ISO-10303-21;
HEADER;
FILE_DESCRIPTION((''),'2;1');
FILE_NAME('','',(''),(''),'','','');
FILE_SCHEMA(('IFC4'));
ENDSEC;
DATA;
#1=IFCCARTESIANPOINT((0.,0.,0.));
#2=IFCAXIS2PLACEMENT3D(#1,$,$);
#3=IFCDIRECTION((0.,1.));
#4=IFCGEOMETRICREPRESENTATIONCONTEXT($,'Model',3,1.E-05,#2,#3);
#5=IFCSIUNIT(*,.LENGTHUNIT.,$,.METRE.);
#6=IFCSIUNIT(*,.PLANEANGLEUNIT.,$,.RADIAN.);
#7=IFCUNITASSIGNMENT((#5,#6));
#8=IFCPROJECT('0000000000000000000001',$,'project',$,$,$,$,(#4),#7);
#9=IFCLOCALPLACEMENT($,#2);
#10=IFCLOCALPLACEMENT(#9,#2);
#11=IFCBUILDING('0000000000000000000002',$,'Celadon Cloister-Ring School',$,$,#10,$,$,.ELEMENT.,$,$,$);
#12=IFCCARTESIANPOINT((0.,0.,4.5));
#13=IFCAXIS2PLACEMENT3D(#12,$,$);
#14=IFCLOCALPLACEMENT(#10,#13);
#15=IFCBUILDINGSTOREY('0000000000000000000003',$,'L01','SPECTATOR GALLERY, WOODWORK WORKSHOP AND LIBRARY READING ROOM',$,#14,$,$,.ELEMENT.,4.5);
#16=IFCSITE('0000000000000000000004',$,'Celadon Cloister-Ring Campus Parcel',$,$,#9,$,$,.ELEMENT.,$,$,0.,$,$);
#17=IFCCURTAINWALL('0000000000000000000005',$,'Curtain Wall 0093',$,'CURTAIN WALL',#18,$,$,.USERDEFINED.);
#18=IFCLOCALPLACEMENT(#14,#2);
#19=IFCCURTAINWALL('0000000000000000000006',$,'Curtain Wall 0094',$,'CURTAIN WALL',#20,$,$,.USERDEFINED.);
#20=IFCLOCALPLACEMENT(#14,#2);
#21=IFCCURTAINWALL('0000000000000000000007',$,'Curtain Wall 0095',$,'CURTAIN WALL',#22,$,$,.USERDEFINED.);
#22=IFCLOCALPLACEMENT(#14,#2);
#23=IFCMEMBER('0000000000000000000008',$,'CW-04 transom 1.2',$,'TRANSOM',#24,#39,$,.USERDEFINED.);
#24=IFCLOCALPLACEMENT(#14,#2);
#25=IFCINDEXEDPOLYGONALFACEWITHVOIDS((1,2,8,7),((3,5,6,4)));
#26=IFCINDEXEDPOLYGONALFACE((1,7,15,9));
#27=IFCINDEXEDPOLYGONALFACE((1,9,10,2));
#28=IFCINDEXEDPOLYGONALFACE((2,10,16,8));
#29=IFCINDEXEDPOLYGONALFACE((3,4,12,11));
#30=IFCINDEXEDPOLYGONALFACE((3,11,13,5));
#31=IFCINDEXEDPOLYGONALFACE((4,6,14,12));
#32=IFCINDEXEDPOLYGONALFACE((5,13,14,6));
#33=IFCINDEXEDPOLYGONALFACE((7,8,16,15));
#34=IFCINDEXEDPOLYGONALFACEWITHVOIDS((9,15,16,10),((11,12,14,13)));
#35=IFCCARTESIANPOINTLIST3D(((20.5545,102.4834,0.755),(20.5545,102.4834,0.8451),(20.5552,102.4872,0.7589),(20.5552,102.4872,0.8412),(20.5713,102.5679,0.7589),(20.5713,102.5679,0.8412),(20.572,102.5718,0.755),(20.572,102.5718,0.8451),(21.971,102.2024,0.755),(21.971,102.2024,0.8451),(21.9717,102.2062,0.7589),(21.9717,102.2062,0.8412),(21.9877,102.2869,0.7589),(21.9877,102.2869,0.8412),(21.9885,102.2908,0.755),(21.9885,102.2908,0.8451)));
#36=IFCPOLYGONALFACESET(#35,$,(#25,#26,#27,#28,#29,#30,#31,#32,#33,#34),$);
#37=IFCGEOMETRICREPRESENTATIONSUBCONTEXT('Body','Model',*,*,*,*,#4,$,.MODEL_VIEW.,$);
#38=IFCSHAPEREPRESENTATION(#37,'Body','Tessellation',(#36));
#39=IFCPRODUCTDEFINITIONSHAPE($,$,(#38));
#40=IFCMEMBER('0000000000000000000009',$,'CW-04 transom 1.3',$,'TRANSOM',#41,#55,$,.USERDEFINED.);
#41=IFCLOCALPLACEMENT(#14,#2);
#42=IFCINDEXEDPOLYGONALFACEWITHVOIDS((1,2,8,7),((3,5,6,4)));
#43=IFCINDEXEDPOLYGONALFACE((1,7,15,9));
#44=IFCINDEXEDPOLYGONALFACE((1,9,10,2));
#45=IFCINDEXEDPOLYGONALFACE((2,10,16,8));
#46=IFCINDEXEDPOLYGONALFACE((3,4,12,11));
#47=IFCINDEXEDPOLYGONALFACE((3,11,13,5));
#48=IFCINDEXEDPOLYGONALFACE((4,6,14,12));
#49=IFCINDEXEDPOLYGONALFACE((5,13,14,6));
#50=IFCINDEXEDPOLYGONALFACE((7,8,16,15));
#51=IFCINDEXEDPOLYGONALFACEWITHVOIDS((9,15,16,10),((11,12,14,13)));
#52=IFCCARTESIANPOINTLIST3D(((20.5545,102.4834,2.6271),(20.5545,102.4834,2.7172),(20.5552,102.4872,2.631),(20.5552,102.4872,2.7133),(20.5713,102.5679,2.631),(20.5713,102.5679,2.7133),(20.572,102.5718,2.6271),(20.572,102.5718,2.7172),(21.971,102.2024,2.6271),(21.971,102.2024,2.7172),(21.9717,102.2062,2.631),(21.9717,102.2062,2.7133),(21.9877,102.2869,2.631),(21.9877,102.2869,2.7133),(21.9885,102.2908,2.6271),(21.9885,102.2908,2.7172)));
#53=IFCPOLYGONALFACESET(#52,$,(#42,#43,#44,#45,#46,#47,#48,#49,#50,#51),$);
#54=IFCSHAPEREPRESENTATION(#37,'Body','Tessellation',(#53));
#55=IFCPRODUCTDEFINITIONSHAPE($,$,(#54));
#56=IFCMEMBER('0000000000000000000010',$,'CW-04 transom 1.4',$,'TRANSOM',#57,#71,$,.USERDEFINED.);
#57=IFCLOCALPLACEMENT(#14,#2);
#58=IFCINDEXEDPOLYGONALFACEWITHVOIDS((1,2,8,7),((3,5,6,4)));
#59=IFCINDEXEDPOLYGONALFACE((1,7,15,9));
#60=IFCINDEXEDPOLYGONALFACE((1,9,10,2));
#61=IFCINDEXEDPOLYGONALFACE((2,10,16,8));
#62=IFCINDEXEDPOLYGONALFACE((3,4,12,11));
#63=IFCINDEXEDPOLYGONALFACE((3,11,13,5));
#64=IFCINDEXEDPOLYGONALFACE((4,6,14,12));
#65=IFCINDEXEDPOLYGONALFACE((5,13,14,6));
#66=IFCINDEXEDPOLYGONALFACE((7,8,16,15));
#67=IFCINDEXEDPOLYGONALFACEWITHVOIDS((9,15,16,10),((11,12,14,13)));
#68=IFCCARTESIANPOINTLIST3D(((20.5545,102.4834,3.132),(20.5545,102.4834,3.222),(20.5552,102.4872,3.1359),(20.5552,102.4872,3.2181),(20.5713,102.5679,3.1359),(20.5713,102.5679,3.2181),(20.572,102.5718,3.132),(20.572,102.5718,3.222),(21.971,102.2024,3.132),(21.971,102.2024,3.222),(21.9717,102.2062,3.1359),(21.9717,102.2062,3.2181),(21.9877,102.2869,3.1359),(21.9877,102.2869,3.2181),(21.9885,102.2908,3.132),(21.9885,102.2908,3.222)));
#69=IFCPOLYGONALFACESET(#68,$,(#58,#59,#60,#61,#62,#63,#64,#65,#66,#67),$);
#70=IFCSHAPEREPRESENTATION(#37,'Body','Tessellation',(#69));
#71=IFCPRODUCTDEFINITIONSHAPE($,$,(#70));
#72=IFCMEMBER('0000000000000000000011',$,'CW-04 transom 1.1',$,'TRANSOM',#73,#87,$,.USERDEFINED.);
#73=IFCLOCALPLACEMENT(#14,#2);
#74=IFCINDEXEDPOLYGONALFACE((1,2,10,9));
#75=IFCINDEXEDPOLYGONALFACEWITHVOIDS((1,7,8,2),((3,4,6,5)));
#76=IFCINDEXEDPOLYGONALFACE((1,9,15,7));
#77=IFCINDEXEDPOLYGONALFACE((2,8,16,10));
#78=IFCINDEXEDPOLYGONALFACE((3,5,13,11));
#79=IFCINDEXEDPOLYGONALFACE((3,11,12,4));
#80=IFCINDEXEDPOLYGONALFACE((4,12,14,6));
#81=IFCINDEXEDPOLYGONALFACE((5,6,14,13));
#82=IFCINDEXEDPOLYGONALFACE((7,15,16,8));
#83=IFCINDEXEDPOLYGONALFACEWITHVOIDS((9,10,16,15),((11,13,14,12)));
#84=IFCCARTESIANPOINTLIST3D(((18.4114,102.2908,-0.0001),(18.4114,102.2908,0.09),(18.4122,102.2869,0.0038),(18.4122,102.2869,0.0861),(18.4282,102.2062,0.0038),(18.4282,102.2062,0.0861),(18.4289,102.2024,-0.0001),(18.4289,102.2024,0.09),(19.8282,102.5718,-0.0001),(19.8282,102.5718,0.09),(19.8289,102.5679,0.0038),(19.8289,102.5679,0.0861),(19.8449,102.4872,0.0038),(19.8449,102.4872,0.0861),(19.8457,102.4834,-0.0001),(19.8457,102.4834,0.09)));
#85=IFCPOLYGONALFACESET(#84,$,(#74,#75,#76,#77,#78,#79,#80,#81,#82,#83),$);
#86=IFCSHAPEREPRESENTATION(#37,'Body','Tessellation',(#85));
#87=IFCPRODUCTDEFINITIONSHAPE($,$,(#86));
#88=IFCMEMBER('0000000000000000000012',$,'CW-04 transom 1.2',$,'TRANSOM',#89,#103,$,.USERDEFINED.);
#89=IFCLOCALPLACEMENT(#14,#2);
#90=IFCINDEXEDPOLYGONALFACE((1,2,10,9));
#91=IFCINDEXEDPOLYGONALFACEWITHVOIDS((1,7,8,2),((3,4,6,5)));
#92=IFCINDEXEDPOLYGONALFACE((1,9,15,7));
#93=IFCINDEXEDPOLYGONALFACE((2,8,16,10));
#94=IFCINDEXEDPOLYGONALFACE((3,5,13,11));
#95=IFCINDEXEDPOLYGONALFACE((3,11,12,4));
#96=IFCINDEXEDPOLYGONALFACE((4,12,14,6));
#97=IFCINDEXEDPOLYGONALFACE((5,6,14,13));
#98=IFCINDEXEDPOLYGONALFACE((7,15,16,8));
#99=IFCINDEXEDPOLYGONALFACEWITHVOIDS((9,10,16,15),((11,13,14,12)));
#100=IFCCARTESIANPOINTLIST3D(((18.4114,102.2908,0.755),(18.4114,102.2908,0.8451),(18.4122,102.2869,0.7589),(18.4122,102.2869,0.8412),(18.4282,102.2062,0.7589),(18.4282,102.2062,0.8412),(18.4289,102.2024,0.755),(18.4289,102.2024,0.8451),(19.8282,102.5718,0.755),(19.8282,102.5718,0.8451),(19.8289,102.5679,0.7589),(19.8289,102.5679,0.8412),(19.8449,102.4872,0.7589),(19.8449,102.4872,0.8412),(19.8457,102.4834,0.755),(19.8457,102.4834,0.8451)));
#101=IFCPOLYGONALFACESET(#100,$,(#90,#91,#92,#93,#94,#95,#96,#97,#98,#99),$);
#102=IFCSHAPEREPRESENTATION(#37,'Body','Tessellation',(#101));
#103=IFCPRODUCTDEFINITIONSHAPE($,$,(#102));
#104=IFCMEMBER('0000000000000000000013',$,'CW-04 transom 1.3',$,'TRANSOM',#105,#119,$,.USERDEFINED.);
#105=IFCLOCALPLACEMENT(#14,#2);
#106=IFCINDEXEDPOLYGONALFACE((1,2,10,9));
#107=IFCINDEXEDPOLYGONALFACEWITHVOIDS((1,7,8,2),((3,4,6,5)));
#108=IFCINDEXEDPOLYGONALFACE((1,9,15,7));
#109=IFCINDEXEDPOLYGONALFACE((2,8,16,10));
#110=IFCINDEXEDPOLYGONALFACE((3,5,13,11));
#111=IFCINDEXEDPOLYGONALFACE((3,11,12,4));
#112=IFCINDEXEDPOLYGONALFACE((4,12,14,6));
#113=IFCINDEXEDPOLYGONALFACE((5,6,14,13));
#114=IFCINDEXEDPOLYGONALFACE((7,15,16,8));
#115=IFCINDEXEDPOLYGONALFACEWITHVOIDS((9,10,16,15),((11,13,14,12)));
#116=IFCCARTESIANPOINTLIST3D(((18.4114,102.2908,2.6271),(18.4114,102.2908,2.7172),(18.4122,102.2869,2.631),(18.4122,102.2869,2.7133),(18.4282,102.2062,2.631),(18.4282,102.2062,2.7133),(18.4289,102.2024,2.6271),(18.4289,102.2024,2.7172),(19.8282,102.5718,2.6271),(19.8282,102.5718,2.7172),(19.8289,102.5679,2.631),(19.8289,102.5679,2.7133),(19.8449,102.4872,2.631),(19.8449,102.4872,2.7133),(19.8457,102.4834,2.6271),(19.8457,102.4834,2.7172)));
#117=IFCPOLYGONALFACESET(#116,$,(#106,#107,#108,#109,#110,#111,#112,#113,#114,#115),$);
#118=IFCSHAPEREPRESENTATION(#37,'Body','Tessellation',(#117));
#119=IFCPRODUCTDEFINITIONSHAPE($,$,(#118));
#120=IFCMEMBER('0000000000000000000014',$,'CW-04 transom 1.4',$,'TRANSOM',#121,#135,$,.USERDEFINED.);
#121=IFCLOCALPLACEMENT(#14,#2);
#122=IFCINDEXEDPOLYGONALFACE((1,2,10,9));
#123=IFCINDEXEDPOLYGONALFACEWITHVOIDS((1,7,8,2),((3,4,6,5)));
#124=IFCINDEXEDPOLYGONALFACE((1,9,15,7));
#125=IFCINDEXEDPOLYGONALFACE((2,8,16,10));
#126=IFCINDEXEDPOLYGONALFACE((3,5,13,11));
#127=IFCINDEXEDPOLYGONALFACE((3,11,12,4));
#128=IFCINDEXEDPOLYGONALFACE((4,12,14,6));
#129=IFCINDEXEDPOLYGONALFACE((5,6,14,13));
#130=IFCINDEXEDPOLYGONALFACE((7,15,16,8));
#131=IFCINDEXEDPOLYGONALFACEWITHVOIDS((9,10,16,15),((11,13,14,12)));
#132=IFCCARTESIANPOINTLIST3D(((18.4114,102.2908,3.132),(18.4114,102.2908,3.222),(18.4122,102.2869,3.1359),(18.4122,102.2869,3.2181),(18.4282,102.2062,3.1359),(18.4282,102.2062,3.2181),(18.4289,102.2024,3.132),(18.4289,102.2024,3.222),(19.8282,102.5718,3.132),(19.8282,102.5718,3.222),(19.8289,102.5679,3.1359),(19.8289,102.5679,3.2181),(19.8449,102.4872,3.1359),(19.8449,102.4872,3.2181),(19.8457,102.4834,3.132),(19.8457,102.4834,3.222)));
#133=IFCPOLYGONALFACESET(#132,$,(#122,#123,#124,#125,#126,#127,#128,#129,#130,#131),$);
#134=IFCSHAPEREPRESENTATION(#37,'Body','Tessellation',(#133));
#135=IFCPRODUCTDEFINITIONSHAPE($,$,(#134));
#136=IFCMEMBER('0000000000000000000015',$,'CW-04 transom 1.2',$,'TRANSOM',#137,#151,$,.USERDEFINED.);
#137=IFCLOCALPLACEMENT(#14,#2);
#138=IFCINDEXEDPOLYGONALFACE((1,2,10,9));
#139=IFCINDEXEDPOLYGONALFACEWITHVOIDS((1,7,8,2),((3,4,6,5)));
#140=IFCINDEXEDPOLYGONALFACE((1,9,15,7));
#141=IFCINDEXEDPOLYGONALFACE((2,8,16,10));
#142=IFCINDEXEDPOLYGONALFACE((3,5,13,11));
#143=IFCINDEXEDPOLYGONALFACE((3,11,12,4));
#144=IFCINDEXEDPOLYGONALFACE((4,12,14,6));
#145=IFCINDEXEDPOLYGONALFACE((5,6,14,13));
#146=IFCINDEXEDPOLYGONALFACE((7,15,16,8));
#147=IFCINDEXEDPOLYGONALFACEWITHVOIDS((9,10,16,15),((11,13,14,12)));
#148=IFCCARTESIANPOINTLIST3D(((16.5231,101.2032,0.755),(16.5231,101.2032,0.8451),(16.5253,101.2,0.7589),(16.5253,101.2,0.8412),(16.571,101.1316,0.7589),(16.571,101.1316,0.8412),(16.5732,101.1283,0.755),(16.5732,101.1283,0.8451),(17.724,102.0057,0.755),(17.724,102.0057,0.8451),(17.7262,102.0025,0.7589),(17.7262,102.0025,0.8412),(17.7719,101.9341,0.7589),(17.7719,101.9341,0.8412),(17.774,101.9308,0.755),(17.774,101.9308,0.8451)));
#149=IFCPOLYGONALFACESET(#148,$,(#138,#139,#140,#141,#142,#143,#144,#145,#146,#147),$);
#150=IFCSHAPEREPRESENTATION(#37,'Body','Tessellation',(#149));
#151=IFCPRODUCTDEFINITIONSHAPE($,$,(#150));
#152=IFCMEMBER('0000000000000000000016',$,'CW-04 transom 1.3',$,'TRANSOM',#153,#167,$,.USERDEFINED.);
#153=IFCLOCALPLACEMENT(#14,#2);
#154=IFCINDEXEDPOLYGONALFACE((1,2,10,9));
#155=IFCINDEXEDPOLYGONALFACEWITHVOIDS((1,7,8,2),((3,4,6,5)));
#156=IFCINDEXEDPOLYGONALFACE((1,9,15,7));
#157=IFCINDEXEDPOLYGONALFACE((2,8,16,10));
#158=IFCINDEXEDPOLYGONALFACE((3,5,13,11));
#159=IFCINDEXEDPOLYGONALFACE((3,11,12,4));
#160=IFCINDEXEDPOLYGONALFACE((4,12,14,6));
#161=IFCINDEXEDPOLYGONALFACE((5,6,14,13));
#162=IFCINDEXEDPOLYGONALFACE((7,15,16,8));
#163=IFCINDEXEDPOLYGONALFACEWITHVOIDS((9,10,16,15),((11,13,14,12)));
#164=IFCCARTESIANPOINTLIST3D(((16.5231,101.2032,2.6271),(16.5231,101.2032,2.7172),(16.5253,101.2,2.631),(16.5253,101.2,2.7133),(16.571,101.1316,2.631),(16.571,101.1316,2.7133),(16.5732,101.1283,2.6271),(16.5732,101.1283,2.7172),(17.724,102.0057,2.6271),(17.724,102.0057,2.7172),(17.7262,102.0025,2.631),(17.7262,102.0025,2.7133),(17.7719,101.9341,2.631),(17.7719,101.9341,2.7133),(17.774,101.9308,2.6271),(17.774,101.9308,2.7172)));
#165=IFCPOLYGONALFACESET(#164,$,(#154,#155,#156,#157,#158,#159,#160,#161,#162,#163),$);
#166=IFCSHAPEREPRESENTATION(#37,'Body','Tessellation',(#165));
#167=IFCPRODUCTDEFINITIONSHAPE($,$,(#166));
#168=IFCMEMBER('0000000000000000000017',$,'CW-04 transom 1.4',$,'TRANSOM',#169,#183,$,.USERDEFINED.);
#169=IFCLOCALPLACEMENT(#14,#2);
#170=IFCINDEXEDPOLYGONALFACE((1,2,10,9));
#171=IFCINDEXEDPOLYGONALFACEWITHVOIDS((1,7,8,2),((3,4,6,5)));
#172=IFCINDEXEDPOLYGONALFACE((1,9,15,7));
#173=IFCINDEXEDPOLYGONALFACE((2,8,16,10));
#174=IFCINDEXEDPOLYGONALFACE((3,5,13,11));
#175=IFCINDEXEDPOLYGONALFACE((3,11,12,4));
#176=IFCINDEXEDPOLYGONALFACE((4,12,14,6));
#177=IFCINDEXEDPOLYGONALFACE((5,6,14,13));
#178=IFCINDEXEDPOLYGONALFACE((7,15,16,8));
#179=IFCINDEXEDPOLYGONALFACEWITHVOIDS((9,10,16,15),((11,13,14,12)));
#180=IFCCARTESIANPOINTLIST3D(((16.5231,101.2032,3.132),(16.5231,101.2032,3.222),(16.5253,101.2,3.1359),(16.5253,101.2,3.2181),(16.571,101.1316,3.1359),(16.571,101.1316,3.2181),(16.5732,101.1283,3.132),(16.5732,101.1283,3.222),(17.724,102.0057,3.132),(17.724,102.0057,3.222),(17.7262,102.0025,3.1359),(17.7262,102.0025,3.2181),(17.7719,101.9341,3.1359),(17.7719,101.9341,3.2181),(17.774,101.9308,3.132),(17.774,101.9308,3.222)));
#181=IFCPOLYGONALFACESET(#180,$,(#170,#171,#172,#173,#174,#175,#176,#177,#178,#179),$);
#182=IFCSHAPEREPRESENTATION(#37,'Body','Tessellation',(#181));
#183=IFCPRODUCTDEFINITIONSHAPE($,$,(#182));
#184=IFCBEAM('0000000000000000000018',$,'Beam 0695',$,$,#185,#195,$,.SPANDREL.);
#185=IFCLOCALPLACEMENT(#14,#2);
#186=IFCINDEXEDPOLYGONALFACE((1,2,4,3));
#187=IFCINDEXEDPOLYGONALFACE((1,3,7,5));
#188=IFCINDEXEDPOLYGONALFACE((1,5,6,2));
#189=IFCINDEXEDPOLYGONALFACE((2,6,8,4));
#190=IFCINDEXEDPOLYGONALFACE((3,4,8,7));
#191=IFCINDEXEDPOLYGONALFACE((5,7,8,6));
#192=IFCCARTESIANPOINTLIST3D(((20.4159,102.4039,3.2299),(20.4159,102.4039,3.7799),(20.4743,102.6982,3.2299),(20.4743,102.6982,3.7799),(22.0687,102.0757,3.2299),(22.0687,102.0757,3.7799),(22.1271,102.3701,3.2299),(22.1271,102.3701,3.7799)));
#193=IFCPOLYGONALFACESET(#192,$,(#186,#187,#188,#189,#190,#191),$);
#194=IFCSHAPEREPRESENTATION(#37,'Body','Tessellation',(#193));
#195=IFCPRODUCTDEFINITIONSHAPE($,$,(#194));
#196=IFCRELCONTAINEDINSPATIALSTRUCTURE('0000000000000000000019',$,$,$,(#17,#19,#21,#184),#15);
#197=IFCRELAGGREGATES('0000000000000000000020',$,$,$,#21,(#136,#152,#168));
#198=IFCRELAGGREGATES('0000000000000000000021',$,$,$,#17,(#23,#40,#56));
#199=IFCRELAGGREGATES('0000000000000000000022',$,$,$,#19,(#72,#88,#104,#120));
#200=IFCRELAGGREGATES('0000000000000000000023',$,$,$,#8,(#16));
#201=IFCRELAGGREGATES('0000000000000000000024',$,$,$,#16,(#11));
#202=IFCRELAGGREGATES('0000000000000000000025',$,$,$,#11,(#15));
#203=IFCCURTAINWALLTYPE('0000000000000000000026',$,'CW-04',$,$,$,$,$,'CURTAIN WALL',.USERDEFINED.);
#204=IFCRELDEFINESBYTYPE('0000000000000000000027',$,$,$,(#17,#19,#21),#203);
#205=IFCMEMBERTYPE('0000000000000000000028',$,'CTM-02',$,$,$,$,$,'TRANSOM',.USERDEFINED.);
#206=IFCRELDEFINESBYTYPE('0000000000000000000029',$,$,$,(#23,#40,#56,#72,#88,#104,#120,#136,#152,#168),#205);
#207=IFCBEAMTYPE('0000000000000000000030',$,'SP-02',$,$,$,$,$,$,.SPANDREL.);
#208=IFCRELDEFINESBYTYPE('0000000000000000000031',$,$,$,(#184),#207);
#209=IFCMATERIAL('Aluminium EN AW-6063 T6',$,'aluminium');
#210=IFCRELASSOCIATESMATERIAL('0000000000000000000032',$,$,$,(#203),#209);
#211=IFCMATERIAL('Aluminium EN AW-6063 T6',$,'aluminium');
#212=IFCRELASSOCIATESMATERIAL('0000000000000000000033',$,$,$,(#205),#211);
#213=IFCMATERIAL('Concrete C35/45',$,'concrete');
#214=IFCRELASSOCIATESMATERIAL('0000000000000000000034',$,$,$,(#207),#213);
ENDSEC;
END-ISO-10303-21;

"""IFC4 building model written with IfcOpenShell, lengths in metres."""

from ifc_helpers import new_model, si_unit, direction, frame, origin, origin_2d, place, context, subcontext, project, spatial, rectangle, hollow_rectangle, extrude, material, material_profile, profile_set, type_object, element, aggregate, save


model = new_model("IFC4")

# Units and contexts
model_context = context("Model", 3, precision=1e-05, world=origin(), true_north=direction((0.0, 1.0)))
body_context = subcontext(model_context, "Body", "Model", "MODEL_VIEW")
ifc_project = project(units=[si_unit("LENGTHUNIT", "METRE"), si_unit("PLANEANGLEUNIT", "RADIAN")], contexts=[model_context])

# Site, building, storey
site_placement = place(None, origin())
site = spatial("IfcSite", under=ifc_project, at=site_placement, Name="Celadon Cloister-Ring Campus Parcel", CompositionType="ELEMENT", RefElevation=0.0)
building_placement = place(site_placement, origin())
building = spatial("IfcBuilding", under=site, at=building_placement, Name="Celadon Cloister-Ring School", CompositionType="ELEMENT")
storey_placement = place(building_placement, frame((0.0, 0.0, 4.5)))
storey = spatial("IfcBuildingStorey", under=building, at=storey_placement, Name="L01", Description="SPECTATOR GALLERY, WOODWORK WORKSHOP AND LIBRARY READING ROOM", CompositionType="ELEMENT", Elevation=4.5)

# Curtain walls
ifc_material_1 = material(Name="Aluminium EN AW-6063 T6", Category="aluminium")
curtain_wall_type = type_object("IfcCurtainWallType", Name="CW-04", ElementType="CURTAIN WALL", PredefinedType="USERDEFINED", material=ifc_material_1)
curtain_wall_1_placement = place(storey_placement, origin())
curtain_wall_1 = element("IfcCurtainWall", 1, at=curtain_wall_1_placement, inside=storey, type_object=curtain_wall_type, Name="Curtain Wall 0093", ObjectType="CURTAIN WALL", PredefinedType="USERDEFINED")
curtain_wall_2_placement = place(storey_placement, origin())
curtain_wall_2 = element("IfcCurtainWall", 2, at=curtain_wall_2_placement, inside=storey, type_object=curtain_wall_type, Name="Curtain Wall 0094", ObjectType="CURTAIN WALL", PredefinedType="USERDEFINED")

# Curtain wall
curtain_wall_3_placement = place(storey_placement, origin())
curtain_wall_3 = element("IfcCurtainWall", 3, at=curtain_wall_3_placement, inside=storey, type_object=curtain_wall_type, Name="Curtain Wall 0095", ObjectType="CURTAIN WALL", PredefinedType="USERDEFINED")

# Members
ifc_material_2 = material(Name="Aluminium EN AW-6063 T6", Category="aluminium")
ifc_material_profile_1 = material_profile(ifc_material_2, hollow_rectangle(XDim=0.0901, YDim=0.0901, WallThickness=0.0039, at=origin_2d()), Name="RHS90X90X4")
ifc_profile_set_1 = profile_set([ifc_material_profile_1], Name="Aluminium EN AW-6063 T6")
member_type_1 = type_object("IfcMemberType", Name="CTM-02", ElementType="TRANSOM", PredefinedType="USERDEFINED", material=ifc_profile_set_1)
member_1_placement = place(storey_placement, frame((21.9797, 102.2466, 0.8), z_axis=(-0.980885, 0.194588, 0.0), x_axis=(-0.194588, -0.980885, 0.0)))
member_1 = element("IfcMember", 4, at=member_1_placement, type_object=member_type_1, Name="CW-04 transom 1.2", ObjectType="TRANSOM", PredefinedType="USERDEFINED", context=body_context, shape_type="SweptSolid", body=[
    extrude(hollow_rectangle(XDim=0.0901, YDim=0.0901, WallThickness=0.0039, at=origin_2d()), origin(), (0.0, 0.0, 1.0), 1.4441),
])
member_2_placement = place(storey_placement, frame((21.9797, 102.2466, 2.6721), z_axis=(-0.980885, 0.194588, 0.0), x_axis=(-0.194588, -0.980885, 0.0)))
member_2 = element("IfcMember", 5, at=member_2_placement, type_object=member_type_1, Name="CW-04 transom 1.3", ObjectType="TRANSOM", PredefinedType="USERDEFINED", context=body_context, shape_type="SweptSolid", body=[
    extrude(hollow_rectangle(XDim=0.0901, YDim=0.0901, WallThickness=0.0039, at=origin_2d()), origin(), (0.0, 0.0, 1.0), 1.4441),
])
member_3_placement = place(storey_placement, frame((21.9797, 102.2466, 3.177), z_axis=(-0.980885, 0.194588, 0.0), x_axis=(-0.194588, -0.980885, 0.0)))
member_3 = element("IfcMember", 6, at=member_3_placement, type_object=member_type_1, Name="CW-04 transom 1.4", ObjectType="TRANSOM", PredefinedType="USERDEFINED", context=body_context, shape_type="SweptSolid", body=[
    extrude(hollow_rectangle(XDim=0.0901, YDim=0.0901, WallThickness=0.0039, at=origin_2d()), origin(), (0.0, 0.0, 1.0), 1.4441),
])
member_4_placement = place(storey_placement, frame((19.8369, 102.5276, 0.0449), z_axis=(-0.980891, -0.194556, 0.0), x_axis=(0.194556, -0.980891, 0.0)))
member_4 = element("IfcMember", 7, at=member_4_placement, type_object=member_type_1, Name="CW-04 transom 1.1", ObjectType="TRANSOM", PredefinedType="USERDEFINED", context=body_context, shape_type="SweptSolid", body=[
    extrude(hollow_rectangle(XDim=0.0901, YDim=0.0901, WallThickness=0.0039, at=origin_2d()), origin(), (0.0, 0.0, 1.0), 1.4443),
])
member_5_placement = place(storey_placement, frame((19.8369, 102.5276, 0.8), z_axis=(-0.980891, -0.194556, 0.0), x_axis=(0.194556, -0.980891, 0.0)))
member_5 = element("IfcMember", 8, at=member_5_placement, type_object=member_type_1, Name="CW-04 transom 1.2", ObjectType="TRANSOM", PredefinedType="USERDEFINED", context=body_context, shape_type="SweptSolid", body=[
    extrude(hollow_rectangle(XDim=0.0901, YDim=0.0901, WallThickness=0.0039, at=origin_2d()), origin(), (0.0, 0.0, 1.0), 1.4443),
])
member_6_placement = place(storey_placement, frame((19.8369, 102.5276, 2.6721), z_axis=(-0.980891, -0.194556, 0.0), x_axis=(0.194556, -0.980891, 0.0)))
member_6 = element("IfcMember", 9, at=member_6_placement, type_object=member_type_1, Name="CW-04 transom 1.3", ObjectType="TRANSOM", PredefinedType="USERDEFINED", context=body_context, shape_type="SweptSolid", body=[
    extrude(hollow_rectangle(XDim=0.0901, YDim=0.0901, WallThickness=0.0039, at=origin_2d()), origin(), (0.0, 0.0, 1.0), 1.4443),
])
member_7_placement = place(storey_placement, frame((19.8369, 102.5276, 3.177), z_axis=(-0.980891, -0.194556, 0.0), x_axis=(0.194556, -0.980891, 0.0)))
member_7 = element("IfcMember", 10, at=member_7_placement, type_object=member_type_1, Name="CW-04 transom 1.4", ObjectType="TRANSOM", PredefinedType="USERDEFINED", context=body_context, shape_type="SweptSolid", body=[
    extrude(hollow_rectangle(XDim=0.0901, YDim=0.0901, WallThickness=0.0039, at=origin_2d()), origin(), (0.0, 0.0, 1.0), 1.4443),
])
member_8_placement = place(storey_placement, frame((17.749, 101.9683, 0.8), z_axis=(-0.831452, -0.555597, 0.0), x_axis=(0.555597, -0.831452, 0.0)))
member_8 = element("IfcMember", 11, at=member_8_placement, type_object=member_type_1, Name="CW-04 transom 1.2", ObjectType="TRANSOM", PredefinedType="USERDEFINED", context=body_context, shape_type="SweptSolid", body=[
    extrude(hollow_rectangle(XDim=0.0901, YDim=0.0901, WallThickness=0.0039, at=origin_2d()), origin(), (0.0, 0.0, 1.0), 1.4443),
])
member_9_placement = place(storey_placement, frame((17.749, 101.9683, 2.6721), z_axis=(-0.831452, -0.555597, 0.0), x_axis=(0.555597, -0.831452, 0.0)))
member_9 = element("IfcMember", 12, at=member_9_placement, type_object=member_type_1, Name="CW-04 transom 1.3", ObjectType="TRANSOM", PredefinedType="USERDEFINED", context=body_context, shape_type="SweptSolid", body=[
    extrude(hollow_rectangle(XDim=0.0901, YDim=0.0901, WallThickness=0.0039, at=origin_2d()), origin(), (0.0, 0.0, 1.0), 1.4443),
])
member_10_placement = place(storey_placement, frame((17.749, 101.9683, 3.177), z_axis=(-0.831452, -0.555597, 0.0), x_axis=(0.555597, -0.831452, 0.0)))
member_10 = element("IfcMember", 13, at=member_10_placement, type_object=member_type_1, Name="CW-04 transom 1.4", ObjectType="TRANSOM", PredefinedType="USERDEFINED", context=body_context, shape_type="SweptSolid", body=[
    extrude(hollow_rectangle(XDim=0.0901, YDim=0.0901, WallThickness=0.0039, at=origin_2d()), origin(), (0.0, 0.0, 1.0), 1.4443),
])
aggregate(curtain_wall_3, [member_8, member_9, member_10])

# Beam
ifc_material_3 = material(Name="Concrete C35/45", Category="concrete")
ifc_material_profile_2 = material_profile(ifc_material_3, rectangle(XDim=0.3, YDim=0.55, at=origin_2d()), Name="RC300X550")
ifc_profile_set_2 = profile_set([ifc_material_profile_2], Name="Concrete C35/45")
beam_type = type_object("IfcBeamType", Name="SP-02", PredefinedType="SPANDREL", material=ifc_profile_set_2)
beam_1_placement = place(storey_placement, frame((22.0979, 102.2229, 3.5049), z_axis=(-0.980858, 0.194723, 0.0), x_axis=(-0.194723, -0.980858, 0.0)))
element("IfcBeam", 14, at=beam_1_placement, inside=storey, type_object=beam_type, Name="Beam 0695", PredefinedType="SPANDREL", context=body_context, shape_type="SweptSolid", body=[
    extrude(rectangle(XDim=0.3, YDim=0.55, at=origin_2d()), origin(), (0.0, 0.0, 1.0), 1.6851),
])

aggregate(curtain_wall_1, [member_1, member_2, member_3])
aggregate(curtain_wall_2, [member_4, member_5, member_6, member_7])

save(model, "model.ifc")
